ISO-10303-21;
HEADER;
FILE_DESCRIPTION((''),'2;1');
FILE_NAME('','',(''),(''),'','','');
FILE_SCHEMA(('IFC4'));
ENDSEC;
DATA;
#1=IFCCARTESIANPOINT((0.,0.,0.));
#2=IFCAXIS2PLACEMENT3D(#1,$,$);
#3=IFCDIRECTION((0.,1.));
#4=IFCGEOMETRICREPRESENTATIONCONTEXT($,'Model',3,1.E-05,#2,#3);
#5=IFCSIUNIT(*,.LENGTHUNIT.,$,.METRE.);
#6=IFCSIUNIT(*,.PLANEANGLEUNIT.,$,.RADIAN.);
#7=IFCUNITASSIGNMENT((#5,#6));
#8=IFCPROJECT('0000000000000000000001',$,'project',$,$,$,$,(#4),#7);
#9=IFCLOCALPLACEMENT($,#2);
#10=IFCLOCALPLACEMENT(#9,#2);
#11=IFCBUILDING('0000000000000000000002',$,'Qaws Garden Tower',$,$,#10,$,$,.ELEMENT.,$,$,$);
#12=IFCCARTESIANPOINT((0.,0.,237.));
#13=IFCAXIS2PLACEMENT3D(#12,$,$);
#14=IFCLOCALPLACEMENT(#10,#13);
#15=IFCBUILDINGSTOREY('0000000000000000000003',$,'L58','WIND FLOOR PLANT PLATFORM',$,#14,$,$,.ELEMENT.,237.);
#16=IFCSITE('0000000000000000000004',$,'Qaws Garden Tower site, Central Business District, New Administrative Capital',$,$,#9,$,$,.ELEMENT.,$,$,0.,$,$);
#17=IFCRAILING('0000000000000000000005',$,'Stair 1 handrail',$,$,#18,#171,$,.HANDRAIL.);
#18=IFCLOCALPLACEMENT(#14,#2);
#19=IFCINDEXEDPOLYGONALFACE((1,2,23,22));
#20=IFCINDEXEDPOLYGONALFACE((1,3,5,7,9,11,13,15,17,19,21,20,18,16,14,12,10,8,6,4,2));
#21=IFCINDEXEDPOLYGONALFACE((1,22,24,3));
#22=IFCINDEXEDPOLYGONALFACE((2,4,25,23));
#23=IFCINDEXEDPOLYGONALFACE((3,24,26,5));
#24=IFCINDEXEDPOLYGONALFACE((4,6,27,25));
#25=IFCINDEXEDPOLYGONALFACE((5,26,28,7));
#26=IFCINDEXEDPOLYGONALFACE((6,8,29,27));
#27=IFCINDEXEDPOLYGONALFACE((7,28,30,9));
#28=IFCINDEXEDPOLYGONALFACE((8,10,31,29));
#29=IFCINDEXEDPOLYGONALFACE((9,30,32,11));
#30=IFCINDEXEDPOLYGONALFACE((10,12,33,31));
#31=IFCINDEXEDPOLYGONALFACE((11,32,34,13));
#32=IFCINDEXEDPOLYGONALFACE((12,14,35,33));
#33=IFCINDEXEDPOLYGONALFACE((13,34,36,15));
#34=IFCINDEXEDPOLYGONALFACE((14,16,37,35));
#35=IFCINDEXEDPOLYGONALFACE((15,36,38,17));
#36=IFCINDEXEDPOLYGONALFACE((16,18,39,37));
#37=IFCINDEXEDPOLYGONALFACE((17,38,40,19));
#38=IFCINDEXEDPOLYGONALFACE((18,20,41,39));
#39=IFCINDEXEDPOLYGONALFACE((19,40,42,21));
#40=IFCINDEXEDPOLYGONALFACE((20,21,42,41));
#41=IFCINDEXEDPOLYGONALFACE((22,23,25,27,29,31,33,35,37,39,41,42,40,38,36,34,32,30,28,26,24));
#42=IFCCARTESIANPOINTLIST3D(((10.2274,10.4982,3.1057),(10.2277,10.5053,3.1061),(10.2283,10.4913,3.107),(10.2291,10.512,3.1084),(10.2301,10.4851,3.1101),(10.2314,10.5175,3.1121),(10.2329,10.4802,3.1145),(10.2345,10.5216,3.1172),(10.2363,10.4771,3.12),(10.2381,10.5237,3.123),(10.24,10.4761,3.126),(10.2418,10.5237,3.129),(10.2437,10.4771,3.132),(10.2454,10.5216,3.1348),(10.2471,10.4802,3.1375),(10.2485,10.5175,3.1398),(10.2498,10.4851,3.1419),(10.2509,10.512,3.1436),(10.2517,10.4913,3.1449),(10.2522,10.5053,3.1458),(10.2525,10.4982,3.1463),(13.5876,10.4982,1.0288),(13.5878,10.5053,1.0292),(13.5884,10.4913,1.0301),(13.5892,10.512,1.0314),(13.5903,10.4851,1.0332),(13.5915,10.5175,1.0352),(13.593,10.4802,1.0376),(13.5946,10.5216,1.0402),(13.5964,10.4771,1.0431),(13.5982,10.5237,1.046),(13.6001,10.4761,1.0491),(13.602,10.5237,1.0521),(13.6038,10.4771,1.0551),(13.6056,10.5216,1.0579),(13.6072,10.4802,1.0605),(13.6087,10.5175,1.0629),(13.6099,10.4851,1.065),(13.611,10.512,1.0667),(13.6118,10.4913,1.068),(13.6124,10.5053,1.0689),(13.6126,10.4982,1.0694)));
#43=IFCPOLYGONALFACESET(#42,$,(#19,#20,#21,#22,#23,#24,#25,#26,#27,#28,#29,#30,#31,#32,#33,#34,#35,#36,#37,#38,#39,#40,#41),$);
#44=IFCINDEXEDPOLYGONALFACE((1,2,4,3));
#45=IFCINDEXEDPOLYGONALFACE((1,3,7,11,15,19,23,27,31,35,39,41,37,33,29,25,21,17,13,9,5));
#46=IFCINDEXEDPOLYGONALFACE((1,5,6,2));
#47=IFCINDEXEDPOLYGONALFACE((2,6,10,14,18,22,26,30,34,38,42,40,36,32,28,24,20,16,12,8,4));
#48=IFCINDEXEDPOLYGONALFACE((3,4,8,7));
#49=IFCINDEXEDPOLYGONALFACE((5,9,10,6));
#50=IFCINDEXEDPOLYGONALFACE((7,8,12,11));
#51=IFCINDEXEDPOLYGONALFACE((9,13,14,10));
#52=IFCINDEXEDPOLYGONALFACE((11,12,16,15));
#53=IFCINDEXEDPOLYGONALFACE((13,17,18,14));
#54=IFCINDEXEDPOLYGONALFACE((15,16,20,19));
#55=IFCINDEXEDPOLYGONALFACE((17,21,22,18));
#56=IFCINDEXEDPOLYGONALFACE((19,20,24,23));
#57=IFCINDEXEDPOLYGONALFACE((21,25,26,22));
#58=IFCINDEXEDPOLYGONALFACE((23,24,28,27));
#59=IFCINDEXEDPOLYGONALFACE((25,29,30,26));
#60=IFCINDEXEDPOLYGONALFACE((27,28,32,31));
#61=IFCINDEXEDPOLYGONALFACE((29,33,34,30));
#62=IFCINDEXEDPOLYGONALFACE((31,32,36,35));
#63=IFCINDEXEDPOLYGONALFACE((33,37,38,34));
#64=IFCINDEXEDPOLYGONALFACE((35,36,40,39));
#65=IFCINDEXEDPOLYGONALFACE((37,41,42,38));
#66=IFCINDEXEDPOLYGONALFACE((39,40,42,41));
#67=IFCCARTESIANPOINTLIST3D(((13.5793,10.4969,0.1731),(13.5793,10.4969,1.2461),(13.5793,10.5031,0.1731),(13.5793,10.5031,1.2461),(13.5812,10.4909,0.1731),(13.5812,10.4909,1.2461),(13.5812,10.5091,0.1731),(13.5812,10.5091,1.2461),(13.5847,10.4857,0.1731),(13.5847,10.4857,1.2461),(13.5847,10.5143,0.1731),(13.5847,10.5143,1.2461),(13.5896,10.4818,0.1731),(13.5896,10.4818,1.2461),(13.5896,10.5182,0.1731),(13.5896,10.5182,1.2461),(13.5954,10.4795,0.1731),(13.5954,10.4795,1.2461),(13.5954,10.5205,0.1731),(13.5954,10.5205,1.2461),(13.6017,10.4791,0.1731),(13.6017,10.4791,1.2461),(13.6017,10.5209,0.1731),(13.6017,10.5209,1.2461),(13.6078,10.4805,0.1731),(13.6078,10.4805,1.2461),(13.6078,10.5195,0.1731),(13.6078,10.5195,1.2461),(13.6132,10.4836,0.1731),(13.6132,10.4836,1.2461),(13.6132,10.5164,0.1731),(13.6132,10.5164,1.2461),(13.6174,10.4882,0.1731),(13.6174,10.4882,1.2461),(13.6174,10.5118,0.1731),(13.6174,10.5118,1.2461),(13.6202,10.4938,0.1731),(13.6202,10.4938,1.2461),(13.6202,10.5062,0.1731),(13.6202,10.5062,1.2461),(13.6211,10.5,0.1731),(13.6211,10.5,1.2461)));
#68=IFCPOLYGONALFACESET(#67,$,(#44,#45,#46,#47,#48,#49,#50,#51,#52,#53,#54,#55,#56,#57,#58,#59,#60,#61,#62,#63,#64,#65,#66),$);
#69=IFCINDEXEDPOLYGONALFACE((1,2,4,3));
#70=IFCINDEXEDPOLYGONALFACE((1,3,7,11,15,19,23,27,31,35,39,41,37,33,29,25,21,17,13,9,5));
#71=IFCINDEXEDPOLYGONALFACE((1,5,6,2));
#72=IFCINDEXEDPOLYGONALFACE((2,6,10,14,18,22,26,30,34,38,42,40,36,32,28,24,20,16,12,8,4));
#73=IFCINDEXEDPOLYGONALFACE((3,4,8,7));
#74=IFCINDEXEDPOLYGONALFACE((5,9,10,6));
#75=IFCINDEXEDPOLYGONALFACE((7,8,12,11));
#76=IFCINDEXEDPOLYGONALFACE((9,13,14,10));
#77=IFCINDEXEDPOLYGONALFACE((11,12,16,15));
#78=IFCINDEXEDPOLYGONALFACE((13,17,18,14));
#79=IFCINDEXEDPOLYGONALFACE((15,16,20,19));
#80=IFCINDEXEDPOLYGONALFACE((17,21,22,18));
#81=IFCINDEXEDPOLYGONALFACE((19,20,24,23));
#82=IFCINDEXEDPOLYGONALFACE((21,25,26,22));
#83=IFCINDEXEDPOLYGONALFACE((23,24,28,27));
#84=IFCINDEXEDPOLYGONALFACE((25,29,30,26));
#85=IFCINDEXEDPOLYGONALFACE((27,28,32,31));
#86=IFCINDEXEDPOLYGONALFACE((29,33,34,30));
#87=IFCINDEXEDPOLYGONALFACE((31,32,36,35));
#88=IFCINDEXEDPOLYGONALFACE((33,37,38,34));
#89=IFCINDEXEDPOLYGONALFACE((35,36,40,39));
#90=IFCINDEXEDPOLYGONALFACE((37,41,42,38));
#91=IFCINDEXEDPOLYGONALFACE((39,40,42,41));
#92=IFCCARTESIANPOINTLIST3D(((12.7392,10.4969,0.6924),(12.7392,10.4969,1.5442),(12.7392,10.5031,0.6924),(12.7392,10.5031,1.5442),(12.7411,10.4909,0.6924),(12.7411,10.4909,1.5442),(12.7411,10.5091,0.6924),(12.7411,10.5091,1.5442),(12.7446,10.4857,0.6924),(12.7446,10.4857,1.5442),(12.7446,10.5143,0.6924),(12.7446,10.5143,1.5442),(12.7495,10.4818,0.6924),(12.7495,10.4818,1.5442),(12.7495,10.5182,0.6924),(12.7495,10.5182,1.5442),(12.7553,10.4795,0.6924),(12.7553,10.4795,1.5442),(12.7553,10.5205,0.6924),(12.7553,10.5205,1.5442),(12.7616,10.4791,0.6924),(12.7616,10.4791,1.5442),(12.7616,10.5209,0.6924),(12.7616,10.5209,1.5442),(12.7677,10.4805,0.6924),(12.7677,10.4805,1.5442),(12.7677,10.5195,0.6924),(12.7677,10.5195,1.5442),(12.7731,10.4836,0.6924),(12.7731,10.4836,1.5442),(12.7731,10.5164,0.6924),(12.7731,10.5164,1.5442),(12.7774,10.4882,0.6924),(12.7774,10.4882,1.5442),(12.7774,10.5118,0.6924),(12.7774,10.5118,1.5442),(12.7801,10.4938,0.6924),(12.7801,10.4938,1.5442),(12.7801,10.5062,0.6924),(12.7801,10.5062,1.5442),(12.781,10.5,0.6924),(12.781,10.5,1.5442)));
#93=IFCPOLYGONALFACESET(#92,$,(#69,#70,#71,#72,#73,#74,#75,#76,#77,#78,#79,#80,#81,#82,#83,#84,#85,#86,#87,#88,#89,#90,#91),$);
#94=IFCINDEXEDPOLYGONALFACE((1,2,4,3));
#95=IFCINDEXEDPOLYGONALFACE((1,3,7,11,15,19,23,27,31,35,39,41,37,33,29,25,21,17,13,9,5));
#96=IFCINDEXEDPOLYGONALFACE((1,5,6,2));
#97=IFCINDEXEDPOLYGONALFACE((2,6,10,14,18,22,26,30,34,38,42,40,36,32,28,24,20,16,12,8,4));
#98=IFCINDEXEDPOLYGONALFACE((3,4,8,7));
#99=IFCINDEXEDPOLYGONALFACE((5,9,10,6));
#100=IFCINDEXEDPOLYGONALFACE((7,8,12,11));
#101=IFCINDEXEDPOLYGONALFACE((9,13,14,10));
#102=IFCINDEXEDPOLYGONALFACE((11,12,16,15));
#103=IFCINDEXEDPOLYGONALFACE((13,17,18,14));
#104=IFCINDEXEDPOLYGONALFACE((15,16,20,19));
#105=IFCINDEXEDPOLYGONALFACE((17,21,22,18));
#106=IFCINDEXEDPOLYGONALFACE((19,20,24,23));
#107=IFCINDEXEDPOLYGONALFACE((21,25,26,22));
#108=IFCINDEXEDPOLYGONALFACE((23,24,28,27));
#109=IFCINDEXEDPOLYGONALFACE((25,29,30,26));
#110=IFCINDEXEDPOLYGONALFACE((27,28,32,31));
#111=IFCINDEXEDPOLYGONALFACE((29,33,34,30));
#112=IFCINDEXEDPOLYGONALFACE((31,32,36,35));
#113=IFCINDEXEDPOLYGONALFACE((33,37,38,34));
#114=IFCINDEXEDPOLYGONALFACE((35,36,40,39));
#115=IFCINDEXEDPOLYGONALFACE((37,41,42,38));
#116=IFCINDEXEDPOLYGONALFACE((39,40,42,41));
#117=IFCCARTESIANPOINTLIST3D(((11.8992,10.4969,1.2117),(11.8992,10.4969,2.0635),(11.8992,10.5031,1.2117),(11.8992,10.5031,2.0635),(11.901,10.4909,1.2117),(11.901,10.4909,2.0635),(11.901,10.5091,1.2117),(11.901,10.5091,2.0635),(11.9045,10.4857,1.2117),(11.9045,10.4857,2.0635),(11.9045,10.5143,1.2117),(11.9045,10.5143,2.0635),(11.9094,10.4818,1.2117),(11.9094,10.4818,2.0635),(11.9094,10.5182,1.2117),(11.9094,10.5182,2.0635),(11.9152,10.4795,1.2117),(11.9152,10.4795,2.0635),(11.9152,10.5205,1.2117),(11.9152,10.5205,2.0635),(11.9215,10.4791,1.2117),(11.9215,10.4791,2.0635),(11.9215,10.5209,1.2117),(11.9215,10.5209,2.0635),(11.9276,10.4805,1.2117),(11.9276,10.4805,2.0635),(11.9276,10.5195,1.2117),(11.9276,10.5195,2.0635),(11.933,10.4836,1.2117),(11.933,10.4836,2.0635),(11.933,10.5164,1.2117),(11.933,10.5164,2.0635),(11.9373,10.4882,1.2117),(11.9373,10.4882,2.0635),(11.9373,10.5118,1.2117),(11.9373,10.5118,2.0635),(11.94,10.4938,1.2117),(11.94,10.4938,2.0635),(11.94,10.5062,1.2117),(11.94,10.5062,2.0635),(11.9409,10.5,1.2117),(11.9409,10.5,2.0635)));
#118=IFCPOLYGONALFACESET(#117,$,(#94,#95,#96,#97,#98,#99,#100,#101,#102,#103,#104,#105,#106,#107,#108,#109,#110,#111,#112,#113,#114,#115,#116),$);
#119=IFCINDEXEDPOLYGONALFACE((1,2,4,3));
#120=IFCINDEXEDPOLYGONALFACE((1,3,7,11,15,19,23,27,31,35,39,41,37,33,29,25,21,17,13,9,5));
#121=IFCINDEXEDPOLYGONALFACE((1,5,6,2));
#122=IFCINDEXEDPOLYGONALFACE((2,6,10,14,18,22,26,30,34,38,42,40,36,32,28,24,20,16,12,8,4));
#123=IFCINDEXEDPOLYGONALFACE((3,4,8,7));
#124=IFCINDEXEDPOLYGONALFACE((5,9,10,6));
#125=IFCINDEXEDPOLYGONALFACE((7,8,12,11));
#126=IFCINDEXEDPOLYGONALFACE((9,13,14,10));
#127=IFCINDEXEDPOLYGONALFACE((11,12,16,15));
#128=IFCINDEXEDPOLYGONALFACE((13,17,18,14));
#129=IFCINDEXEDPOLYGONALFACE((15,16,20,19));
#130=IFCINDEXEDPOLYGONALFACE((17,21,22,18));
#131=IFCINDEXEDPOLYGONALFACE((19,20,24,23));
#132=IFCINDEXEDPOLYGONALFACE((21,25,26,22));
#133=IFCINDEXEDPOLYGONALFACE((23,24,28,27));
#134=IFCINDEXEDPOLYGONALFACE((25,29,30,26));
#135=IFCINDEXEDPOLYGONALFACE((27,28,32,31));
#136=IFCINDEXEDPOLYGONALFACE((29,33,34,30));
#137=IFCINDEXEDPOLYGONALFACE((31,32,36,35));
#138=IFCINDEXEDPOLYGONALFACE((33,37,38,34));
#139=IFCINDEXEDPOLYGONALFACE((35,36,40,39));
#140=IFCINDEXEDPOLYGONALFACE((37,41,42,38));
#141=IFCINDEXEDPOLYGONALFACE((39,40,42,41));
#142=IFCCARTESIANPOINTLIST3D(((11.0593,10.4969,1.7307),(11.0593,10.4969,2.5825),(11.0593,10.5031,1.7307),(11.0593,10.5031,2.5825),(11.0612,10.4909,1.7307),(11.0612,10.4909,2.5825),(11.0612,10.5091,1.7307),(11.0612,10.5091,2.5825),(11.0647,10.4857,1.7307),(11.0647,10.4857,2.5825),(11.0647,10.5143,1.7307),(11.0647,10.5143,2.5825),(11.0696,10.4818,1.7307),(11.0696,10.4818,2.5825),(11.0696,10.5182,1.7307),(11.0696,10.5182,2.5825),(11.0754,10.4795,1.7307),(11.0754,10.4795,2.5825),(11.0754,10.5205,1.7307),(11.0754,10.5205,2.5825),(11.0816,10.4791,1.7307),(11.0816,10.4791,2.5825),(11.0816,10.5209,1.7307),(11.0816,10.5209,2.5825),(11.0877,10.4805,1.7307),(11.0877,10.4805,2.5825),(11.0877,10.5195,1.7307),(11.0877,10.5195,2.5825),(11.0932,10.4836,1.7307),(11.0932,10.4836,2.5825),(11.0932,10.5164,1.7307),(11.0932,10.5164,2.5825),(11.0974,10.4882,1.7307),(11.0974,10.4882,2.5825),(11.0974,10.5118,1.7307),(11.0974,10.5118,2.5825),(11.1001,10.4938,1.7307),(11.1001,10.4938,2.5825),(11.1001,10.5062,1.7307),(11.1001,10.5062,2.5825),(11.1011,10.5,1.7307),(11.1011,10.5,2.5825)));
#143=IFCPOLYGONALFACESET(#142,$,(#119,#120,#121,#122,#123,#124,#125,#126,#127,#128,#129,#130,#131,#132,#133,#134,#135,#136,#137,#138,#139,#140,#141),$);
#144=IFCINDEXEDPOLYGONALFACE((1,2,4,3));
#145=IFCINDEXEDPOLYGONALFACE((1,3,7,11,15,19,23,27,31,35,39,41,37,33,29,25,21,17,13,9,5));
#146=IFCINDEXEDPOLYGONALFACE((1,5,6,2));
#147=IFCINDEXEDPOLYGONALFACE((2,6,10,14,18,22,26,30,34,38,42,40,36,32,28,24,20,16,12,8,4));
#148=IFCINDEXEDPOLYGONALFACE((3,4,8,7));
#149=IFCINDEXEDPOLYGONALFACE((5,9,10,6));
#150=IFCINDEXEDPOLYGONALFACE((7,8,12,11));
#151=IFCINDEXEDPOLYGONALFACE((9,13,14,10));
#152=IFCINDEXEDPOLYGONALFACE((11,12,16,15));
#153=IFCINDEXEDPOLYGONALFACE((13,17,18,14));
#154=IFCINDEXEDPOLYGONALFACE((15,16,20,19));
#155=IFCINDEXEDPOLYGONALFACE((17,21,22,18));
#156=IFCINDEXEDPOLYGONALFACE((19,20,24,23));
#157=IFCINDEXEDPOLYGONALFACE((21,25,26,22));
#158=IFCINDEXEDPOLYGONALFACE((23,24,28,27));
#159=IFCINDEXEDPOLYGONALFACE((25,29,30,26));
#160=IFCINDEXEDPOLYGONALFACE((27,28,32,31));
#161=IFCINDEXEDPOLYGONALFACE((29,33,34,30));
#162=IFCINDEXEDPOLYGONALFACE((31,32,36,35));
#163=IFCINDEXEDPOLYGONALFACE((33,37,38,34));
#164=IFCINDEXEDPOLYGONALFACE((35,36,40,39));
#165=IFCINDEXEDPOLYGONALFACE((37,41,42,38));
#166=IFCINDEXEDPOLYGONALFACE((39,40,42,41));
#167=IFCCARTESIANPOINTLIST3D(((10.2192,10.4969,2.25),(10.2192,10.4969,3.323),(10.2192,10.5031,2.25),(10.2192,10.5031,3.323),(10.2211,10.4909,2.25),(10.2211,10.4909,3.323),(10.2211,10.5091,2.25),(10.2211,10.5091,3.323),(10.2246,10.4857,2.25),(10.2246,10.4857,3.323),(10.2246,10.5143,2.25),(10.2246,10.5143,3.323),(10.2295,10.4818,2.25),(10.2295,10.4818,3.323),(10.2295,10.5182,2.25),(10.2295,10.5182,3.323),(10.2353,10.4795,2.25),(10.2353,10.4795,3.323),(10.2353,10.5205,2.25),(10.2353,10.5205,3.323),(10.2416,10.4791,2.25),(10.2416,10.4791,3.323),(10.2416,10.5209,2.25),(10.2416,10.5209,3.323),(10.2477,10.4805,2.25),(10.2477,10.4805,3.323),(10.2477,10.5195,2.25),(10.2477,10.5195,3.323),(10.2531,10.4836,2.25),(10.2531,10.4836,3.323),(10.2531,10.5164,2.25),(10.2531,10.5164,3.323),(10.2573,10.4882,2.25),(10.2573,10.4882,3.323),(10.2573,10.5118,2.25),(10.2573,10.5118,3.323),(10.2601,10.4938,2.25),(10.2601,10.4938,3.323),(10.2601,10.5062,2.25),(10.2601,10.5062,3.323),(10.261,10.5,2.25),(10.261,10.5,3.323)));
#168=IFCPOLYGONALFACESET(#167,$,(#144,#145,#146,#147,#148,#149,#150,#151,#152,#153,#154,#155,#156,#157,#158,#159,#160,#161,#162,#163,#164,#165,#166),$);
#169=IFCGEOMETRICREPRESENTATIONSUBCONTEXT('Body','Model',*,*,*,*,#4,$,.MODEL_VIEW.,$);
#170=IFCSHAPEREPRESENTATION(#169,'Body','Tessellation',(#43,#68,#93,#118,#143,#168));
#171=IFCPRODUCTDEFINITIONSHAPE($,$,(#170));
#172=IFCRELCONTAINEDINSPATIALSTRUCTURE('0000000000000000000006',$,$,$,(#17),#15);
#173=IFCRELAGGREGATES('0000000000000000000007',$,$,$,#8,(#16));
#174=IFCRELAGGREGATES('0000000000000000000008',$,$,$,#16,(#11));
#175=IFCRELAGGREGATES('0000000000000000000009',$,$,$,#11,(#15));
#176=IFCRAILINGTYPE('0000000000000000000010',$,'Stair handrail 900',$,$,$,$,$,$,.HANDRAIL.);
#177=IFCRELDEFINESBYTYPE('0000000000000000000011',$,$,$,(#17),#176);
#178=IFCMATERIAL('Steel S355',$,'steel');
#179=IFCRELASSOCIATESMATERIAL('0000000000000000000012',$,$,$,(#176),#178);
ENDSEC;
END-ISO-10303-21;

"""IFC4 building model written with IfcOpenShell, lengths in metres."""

from ifc_helpers import new_model, si_unit, direction, frame, origin, origin_2d, place, context, subcontext, project, spatial, circle, extrude, material, type_object, element, save


model = new_model("IFC4")

# Units and contexts
model_context = context("Model", 3, precision=1e-05, world=origin(), true_north=direction((0.0, 1.0)))
body_context = subcontext(model_context, "Body", "Model", "MODEL_VIEW")
ifc_project = project(units=[si_unit("LENGTHUNIT", "METRE"), si_unit("PLANEANGLEUNIT", "RADIAN")], contexts=[model_context])

# Site, building, storey
site_placement = place(None, origin())
site = spatial("IfcSite", under=ifc_project, at=site_placement, Name="Qaws Garden Tower site, Central Business District, New Administrative Capital", CompositionType="ELEMENT", RefElevation=0.0)
building_placement = place(site_placement, origin())
building = spatial("IfcBuilding", under=site, at=building_placement, Name="Qaws Garden Tower", CompositionType="ELEMENT")
storey_placement = place(building_placement, frame((0.0, 0.0, 237.0)))
storey = spatial("IfcBuildingStorey", under=building, at=storey_placement, Name="L58", Description="WIND FLOOR PLANT PLATFORM", CompositionType="ELEMENT", Elevation=237.0)

# Railing
ifc_material_1 = material(Name="Steel S355", Category="steel")
railing_type = type_object("IfcRailingType", Name="Stair handrail 900", PredefinedType="HANDRAIL", material=ifc_material_1)
for number, where, name in (
    (1, (13.6001, 10.5, 0.1731), "Stair 1 handrail"),
):
    element("IfcRailing", number, at=place(storey_placement, frame(where)), inside=storey, type_object=railing_type, Name=name, PredefinedType="HANDRAIL", context=body_context, shape_type="SweptSolid", body=[
        extrude(circle(Radius=0.0239, at=origin_2d()), frame((0.0, 0.0, 0.876), z_axis=(-0.850623, 0.0, 0.525776), x_axis=(0.0, -1.0, 0.0)), (0.0, 0.0, 1.0), 3.9502),
        extrude(circle(Radius=0.021, at=origin_2d()), origin(), (0.0, 0.0, 1.0), 1.073),
        extrude(circle(Radius=0.021, at=origin_2d()), frame((-0.8401, 0.0, 0.5193)), (0.0, 0.0, 1.0), 0.8518),
        extrude(circle(Radius=0.021, at=origin_2d()), frame((-1.6802, 0.0, 1.0386)), (0.0, 0.0, 1.0), 0.8518),
        extrude(circle(Radius=0.021, at=origin_2d()), frame((-2.52, 0.0, 1.5576)), (0.0, 0.0, 1.0), 0.8518),
        extrude(circle(Radius=0.021, at=origin_2d()), frame((-3.3601, 0.0, 2.0769)), (0.0, 0.0, 1.0), 1.073),
    ])

save(model, "model.ifc")
